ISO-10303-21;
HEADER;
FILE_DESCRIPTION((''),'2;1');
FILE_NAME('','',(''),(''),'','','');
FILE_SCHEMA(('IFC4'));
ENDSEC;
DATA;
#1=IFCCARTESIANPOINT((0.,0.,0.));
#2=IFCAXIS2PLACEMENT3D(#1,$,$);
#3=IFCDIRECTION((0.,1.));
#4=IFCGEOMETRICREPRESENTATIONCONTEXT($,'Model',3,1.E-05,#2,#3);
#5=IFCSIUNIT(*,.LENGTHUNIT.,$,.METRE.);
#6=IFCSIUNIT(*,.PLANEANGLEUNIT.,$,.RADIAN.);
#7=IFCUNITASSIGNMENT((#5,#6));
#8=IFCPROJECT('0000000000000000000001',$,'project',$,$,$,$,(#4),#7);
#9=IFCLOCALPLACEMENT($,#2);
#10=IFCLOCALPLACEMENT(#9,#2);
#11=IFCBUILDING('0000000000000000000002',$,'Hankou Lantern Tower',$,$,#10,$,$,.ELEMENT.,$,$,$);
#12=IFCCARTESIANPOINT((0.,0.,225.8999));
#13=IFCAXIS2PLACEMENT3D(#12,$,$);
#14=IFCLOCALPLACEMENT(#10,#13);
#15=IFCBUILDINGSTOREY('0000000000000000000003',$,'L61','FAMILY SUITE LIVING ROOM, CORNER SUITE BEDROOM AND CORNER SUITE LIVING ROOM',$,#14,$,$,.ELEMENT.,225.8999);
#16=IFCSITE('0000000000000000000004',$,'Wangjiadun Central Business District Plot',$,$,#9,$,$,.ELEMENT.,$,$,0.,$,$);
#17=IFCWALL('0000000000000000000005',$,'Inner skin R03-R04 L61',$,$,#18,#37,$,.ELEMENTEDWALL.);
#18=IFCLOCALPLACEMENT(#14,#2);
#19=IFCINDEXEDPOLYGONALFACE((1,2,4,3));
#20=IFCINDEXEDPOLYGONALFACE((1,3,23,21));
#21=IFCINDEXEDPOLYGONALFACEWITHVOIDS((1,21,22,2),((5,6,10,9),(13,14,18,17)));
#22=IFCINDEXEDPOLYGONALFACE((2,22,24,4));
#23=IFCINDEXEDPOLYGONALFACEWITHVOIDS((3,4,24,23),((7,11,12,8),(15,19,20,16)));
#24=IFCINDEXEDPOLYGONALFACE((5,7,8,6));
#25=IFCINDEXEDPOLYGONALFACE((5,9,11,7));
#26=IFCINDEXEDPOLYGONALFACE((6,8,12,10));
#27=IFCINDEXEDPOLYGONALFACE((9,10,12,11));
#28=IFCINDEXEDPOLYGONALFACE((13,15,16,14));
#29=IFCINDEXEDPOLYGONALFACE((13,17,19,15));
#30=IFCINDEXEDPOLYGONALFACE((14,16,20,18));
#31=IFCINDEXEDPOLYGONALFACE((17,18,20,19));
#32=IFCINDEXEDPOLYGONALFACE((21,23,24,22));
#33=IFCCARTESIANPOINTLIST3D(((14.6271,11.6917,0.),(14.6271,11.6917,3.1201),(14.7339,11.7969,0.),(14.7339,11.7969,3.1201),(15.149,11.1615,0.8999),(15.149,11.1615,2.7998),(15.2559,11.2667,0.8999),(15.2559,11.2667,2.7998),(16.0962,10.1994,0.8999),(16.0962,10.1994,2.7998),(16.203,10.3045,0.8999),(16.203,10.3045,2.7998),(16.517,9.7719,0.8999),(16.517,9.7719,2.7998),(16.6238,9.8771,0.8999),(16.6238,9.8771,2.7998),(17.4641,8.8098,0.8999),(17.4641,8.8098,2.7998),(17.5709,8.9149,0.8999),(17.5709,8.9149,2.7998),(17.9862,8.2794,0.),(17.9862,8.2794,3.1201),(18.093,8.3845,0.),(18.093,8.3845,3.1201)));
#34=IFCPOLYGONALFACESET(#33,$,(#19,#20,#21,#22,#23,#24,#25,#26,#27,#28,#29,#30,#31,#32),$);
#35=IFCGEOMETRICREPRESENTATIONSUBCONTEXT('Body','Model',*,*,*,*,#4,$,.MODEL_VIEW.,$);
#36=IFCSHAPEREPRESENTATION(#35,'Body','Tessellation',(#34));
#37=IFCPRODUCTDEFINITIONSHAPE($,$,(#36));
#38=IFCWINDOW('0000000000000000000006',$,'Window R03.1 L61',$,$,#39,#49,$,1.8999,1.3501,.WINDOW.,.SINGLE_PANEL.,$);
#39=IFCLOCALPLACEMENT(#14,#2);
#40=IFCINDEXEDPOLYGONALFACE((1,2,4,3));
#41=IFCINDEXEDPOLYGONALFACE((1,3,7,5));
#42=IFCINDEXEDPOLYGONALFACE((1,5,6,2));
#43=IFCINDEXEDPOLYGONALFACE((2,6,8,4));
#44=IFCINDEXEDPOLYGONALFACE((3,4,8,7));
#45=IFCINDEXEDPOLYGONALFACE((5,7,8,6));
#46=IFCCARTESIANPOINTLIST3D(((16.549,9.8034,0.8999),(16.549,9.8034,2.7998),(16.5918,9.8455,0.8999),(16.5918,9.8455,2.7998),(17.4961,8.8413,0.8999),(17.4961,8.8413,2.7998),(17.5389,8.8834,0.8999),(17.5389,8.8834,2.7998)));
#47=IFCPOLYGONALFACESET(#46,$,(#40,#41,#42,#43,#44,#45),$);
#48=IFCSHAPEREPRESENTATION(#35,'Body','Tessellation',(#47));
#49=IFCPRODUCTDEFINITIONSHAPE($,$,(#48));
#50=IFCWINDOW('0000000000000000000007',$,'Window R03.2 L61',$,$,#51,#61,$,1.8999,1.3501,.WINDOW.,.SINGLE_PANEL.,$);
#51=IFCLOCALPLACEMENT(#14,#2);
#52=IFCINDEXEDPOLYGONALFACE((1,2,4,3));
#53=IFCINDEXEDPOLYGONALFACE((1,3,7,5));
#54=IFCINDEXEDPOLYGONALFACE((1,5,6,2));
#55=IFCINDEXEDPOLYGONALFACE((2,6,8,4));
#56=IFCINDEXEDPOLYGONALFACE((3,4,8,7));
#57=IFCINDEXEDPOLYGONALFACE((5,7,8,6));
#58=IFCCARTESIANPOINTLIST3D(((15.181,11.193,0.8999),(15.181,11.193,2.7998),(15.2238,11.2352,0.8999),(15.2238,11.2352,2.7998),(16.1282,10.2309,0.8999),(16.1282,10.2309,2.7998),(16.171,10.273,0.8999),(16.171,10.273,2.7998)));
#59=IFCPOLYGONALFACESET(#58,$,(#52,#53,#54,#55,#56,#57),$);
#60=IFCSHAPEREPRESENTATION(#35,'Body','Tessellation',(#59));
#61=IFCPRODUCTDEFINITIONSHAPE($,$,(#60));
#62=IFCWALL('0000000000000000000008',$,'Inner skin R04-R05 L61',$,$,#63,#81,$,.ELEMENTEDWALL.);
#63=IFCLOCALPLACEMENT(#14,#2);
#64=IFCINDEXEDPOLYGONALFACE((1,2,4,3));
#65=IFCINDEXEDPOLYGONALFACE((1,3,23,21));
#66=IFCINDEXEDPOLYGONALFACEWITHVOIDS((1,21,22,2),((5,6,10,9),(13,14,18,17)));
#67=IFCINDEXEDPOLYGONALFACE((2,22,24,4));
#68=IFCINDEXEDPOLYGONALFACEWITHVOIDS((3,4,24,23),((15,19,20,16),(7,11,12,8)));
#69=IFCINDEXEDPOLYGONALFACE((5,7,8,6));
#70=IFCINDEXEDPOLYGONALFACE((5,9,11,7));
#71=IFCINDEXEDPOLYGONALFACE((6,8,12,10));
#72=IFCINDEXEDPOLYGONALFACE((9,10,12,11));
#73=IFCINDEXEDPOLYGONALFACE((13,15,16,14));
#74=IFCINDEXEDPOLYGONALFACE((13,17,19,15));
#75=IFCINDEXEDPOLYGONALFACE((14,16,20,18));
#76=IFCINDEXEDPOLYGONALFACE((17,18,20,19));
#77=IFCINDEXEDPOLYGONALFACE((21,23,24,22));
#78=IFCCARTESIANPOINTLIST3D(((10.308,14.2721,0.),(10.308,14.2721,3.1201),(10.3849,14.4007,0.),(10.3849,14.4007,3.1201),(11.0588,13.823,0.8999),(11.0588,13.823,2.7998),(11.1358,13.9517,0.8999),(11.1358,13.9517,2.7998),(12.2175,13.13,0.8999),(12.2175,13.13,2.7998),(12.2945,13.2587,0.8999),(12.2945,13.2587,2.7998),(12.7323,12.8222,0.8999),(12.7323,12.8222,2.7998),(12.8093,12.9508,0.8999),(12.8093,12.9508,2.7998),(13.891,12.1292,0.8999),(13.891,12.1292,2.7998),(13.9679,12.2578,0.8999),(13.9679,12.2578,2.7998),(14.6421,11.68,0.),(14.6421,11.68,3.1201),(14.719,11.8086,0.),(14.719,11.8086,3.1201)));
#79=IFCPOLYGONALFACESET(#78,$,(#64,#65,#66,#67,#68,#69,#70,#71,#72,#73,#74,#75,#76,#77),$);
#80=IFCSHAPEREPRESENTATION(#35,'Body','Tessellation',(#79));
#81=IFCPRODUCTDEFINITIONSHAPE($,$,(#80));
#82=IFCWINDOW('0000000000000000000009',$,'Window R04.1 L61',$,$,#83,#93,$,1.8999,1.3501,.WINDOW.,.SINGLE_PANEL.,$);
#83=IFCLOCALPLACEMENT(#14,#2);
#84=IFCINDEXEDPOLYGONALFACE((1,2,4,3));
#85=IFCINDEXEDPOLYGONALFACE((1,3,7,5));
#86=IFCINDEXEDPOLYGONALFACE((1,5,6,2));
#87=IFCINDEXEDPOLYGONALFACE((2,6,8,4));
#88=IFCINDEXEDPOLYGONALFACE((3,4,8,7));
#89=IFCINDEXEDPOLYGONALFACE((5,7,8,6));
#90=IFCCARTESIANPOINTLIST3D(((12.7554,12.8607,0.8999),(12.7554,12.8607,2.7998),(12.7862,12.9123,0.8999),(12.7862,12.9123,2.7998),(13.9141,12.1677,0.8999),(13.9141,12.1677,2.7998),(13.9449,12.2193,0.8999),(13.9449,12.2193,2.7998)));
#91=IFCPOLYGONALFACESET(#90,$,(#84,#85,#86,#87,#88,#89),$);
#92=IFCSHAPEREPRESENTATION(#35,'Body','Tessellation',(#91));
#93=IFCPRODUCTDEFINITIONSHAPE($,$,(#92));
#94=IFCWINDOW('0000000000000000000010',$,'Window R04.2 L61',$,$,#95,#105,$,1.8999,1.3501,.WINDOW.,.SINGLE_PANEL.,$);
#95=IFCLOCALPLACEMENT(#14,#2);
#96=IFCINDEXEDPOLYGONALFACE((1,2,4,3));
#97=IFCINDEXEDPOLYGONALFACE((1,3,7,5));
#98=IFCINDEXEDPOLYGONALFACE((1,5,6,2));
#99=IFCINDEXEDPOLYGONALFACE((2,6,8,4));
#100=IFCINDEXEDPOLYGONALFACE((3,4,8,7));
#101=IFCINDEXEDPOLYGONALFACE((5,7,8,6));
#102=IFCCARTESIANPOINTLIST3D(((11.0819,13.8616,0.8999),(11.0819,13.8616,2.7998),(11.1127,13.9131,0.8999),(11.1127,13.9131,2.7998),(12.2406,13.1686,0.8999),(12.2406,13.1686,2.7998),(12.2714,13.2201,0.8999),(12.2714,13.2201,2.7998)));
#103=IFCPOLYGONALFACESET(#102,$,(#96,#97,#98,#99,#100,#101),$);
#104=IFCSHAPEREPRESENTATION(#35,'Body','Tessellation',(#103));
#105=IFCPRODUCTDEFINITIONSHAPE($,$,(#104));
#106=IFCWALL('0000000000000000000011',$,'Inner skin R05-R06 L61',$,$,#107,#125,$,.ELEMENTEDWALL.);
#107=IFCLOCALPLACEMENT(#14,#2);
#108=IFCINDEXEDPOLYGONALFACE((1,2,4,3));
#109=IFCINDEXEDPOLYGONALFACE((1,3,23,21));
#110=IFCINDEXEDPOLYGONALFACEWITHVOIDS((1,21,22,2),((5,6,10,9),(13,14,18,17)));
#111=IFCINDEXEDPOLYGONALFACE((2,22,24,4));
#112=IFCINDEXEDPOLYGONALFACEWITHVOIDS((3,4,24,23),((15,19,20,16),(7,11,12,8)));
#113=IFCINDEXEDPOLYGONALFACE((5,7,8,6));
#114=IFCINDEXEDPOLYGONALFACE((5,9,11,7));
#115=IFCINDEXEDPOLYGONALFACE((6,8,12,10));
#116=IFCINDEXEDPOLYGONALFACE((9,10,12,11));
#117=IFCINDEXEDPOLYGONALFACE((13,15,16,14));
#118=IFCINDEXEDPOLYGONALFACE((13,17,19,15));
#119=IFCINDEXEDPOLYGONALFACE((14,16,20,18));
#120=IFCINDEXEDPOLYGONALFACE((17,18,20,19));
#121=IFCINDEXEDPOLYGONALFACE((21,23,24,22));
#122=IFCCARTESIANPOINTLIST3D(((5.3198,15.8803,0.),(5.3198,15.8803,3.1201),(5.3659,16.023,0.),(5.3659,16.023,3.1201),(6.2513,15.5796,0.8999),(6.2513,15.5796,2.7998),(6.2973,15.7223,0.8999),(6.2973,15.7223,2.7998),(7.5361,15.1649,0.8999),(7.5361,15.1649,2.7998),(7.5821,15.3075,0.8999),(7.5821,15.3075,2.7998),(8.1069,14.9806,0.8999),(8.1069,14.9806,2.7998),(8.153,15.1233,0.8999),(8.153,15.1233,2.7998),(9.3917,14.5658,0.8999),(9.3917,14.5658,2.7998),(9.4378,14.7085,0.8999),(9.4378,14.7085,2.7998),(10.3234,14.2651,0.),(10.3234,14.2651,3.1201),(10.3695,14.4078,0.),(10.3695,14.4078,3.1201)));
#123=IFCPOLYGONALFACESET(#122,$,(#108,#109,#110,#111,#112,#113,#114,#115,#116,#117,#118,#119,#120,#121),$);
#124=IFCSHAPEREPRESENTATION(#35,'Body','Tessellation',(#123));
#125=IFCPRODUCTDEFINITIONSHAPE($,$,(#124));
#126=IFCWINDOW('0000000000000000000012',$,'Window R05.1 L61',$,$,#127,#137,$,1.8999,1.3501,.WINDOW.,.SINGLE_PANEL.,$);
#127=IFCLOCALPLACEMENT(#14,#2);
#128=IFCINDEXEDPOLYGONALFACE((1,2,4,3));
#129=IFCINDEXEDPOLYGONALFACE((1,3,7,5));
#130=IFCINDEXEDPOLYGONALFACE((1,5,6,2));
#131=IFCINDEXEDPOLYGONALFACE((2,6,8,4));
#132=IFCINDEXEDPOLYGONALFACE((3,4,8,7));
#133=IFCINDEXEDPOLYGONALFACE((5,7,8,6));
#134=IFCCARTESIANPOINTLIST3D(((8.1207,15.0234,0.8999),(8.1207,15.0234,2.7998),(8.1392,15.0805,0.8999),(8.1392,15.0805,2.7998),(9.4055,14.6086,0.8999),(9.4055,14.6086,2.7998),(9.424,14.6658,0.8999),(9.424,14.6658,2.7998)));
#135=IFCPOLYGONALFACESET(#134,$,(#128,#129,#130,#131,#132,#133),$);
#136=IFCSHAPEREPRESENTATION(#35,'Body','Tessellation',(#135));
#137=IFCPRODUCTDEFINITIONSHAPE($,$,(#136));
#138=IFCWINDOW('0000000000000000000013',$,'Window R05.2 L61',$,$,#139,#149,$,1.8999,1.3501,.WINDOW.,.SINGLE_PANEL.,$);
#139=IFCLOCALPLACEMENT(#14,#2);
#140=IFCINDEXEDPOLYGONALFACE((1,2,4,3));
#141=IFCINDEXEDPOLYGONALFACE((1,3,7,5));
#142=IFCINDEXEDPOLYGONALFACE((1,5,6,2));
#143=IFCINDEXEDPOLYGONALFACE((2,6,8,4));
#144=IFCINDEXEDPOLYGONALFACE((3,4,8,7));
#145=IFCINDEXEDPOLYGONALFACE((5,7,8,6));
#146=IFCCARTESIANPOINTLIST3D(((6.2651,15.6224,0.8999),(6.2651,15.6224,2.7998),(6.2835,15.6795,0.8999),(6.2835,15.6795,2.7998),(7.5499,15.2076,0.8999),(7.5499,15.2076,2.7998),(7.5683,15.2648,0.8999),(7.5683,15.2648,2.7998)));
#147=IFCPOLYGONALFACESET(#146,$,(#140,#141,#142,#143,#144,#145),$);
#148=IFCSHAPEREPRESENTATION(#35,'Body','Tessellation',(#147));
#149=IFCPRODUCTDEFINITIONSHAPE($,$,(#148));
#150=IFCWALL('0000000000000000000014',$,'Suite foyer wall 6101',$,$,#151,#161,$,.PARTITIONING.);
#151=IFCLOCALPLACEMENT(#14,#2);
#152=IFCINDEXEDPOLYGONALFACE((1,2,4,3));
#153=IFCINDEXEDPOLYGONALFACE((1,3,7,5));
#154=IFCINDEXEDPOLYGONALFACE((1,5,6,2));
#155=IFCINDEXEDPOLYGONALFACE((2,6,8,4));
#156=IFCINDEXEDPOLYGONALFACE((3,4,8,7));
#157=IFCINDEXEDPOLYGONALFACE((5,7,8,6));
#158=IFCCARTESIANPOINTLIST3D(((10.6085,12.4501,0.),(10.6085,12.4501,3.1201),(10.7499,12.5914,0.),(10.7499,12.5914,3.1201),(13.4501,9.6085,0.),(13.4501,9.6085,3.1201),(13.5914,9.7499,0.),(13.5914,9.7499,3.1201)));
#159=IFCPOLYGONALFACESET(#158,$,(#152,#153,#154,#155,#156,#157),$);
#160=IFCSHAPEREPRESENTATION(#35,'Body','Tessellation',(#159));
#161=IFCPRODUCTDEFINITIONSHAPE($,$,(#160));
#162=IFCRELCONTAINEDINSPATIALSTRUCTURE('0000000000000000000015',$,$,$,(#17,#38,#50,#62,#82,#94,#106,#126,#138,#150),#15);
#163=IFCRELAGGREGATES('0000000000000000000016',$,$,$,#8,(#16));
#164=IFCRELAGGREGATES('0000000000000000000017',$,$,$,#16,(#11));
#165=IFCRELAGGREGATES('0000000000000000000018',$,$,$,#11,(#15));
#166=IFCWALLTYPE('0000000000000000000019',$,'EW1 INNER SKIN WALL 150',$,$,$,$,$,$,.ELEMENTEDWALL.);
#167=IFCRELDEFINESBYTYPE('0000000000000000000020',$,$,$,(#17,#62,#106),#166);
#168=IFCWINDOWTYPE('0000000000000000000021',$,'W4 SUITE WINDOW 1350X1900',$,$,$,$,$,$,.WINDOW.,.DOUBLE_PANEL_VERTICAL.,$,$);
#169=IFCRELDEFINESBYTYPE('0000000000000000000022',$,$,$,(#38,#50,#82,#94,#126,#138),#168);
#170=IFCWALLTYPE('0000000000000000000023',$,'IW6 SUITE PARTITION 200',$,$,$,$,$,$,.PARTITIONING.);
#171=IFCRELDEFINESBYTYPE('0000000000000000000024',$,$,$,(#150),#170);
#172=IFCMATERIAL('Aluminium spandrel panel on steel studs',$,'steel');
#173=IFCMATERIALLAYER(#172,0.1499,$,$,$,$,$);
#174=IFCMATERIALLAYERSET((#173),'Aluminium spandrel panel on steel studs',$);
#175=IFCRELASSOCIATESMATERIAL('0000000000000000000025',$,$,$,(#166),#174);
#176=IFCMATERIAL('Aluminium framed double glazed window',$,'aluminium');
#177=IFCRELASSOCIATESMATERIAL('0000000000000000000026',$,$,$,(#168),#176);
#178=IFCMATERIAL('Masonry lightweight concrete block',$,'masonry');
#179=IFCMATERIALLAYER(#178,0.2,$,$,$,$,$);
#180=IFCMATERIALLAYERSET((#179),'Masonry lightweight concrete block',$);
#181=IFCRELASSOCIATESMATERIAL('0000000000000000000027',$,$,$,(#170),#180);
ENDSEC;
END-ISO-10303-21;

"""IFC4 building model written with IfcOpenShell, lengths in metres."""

from ifc_helpers import new_model, si_unit, direction, frame, frame_2d, origin, place, context, subcontext, project, spatial, rectangle, extrude, material, layer, layer_set, type_object, element, fill, save


model = new_model("IFC4")

# Units and contexts
model_context = context("Model", 3, precision=1e-05, world=origin(), true_north=direction((0.0, 1.0)))
body_context = subcontext(model_context, "Body", "Model", "MODEL_VIEW")
ifc_project = project(units=[si_unit("LENGTHUNIT", "METRE"), si_unit("PLANEANGLEUNIT", "RADIAN")], contexts=[model_context])

# Site, building, storey
site_placement = place(None, origin())
site = spatial("IfcSite", under=ifc_project, at=site_placement, Name="Wangjiadun Central Business District Plot", CompositionType="ELEMENT", RefElevation=0.0)
building_placement = place(site_placement, origin())
building = spatial("IfcBuilding", under=site, at=building_placement, Name="Hankou Lantern Tower", CompositionType="ELEMENT")
storey_placement = place(building_placement, frame((0.0, 0.0, 225.8999)))
storey = spatial("IfcBuildingStorey", under=building, at=storey_placement, Name="L61", Description="FAMILY SUITE LIVING ROOM, CORNER SUITE BEDROOM AND CORNER SUITE LIVING ROOM", CompositionType="ELEMENT", Elevation=225.8999)

# Walls, openings, windows
ifc_material_1 = material(Name="Aluminium spandrel panel on steel studs", Category="steel")
ifc_layer_1 = layer(ifc_material_1, 0.1499)
ifc_layer_set_1 = layer_set([ifc_layer_1], Name="Aluminium spandrel panel on steel studs")
wall_type_1 = type_object("IfcWallType", Name="EW1 INNER SKIN WALL 150", PredefinedType="ELEMENTEDWALL", material=ifc_layer_set_1)
wall_1_placement = place(storey_placement, frame((18.0396, 8.332, 0.0), z_axis=(0.0, 0.0, 1.0), x_axis=(-0.701527, 0.712643, 0.0)))
wall_1 = element("IfcWall", 1, at=wall_1_placement, inside=storey, type_object=wall_type_1, Name="Inner skin R03-R04 L61", PredefinedType="ELEMENTEDWALL", context=body_context, shape_type="SweptSolid", body=[
    extrude(rectangle(XDim=4.7883, YDim=0.1499, at=frame_2d((2.394, 0.0))), origin(), (0.0, 0.0, 1.0), 3.1201),
])
opening_1_placement = place(wall_1_placement, frame((0.7441, 0.0, 0.8999)))
opening_1 = element("IfcOpeningElement", 2, at=opening_1_placement, cuts=wall_1, PredefinedType="OPENING", context=body_context, shape_type="SweptSolid", body=[
    extrude(rectangle(XDim=1.3501, YDim=1.8999, at=frame_2d((0.675, 0.95))), frame((0.0, 0.085, 0.0), z_axis=(0.0, -1.0, 0.0), x_axis=(1.0, 0.0, 0.0)), (0.0, 0.0, 1.0), 0.1699),
])
opening_2_placement = place(wall_1_placement, frame((2.6941, 0.0, 0.8999)))
opening_2 = element("IfcOpeningElement", 3, at=opening_2_placement, cuts=wall_1, PredefinedType="OPENING", context=body_context, shape_type="SweptSolid", body=[
    extrude(rectangle(XDim=1.3501, YDim=1.8999, at=frame_2d((0.675, 0.95))), frame((0.0, 0.085, 0.0), z_axis=(0.0, -1.0, 0.0), x_axis=(1.0, 0.0, 0.0)), (0.0, 0.0, 1.0), 0.1699),
])
ifc_material_2 = material(Name="Aluminium framed double glazed window", Category="aluminium")
window_type = type_object("IfcWindowType", Name="W4 SUITE WINDOW 1350X1900", PartitioningType="DOUBLE_PANEL_VERTICAL", PredefinedType="WINDOW", material=ifc_material_2)
window_1_placement = place(opening_1_placement, origin())
window_1 = element("IfcWindow", 4, at=window_1_placement, inside=storey, type_object=window_type, Name="Window R03.1 L61", OverallHeight=1.8999, OverallWidth=1.3501, PartitioningType="SINGLE_PANEL", PredefinedType="WINDOW", context=body_context, shape_type="SweptSolid", body=[
    extrude(rectangle(XDim=1.3501, YDim=1.8999, at=frame_2d((0.675, 0.95))), frame((0.0, 0.03, 0.0), z_axis=(0.0, -1.0, 0.0), x_axis=(1.0, 0.0, 0.0)), (0.0, 0.0, 1.0), 0.0601),
])
fill(opening_1, window_1)
window_2_placement = place(opening_2_placement, origin())
window_2 = element("IfcWindow", 5, at=window_2_placement, inside=storey, type_object=window_type, Name="Window R03.2 L61", OverallHeight=1.8999, OverallWidth=1.3501, PartitioningType="SINGLE_PANEL", PredefinedType="WINDOW", context=body_context, shape_type="SweptSolid", body=[
    extrude(rectangle(XDim=1.3501, YDim=1.8999, at=frame_2d((0.675, 0.95))), frame((0.0, 0.03, 0.0), z_axis=(0.0, -1.0, 0.0), x_axis=(1.0, 0.0, 0.0)), (0.0, 0.0, 1.0), 0.0601),
])
fill(opening_2, window_2)
wall_2_placement = place(storey_placement, frame((14.6804, 11.7444, 0.0), z_axis=(0.0, 0.0, 1.0), x_axis=(-0.858222, 0.51328, 0.0)))
wall_2 = element("IfcWall", 6, at=wall_2_placement, inside=storey, type_object=wall_type_1, Name="Inner skin R04-R05 L61", PredefinedType="ELEMENTEDWALL", context=body_context, shape_type="SweptSolid", body=[
    extrude(rectangle(XDim=5.05, YDim=0.1499, at=frame_2d((2.5249, 0.0))), origin(), (0.0, 0.0, 1.0), 3.1201),
])
opening_3_placement = place(wall_2_placement, frame((0.875, 0.0, 0.8999)))
opening_3 = element("IfcOpeningElement", 7, at=opening_3_placement, cuts=wall_2, PredefinedType="OPENING", context=body_context, shape_type="SweptSolid", body=[
    extrude(rectangle(XDim=1.3501, YDim=1.8999, at=frame_2d((0.675, 0.95))), frame((0.0, 0.085, 0.0), z_axis=(0.0, -1.0, 0.0), x_axis=(1.0, 0.0, 0.0)), (0.0, 0.0, 1.0), 0.1699),
])
opening_4_placement = place(wall_2_placement, frame((2.825, 0.0, 0.8999)))
opening_4 = element("IfcOpeningElement", 8, at=opening_4_placement, cuts=wall_2, PredefinedType="OPENING", context=body_context, shape_type="SweptSolid", body=[
    extrude(rectangle(XDim=1.3501, YDim=1.8999, at=frame_2d((0.675, 0.95))), frame((0.0, 0.085, 0.0), z_axis=(0.0, -1.0, 0.0), x_axis=(1.0, 0.0, 0.0)), (0.0, 0.0, 1.0), 0.1699),
])
window_3_placement = place(opening_3_placement, origin())
window_3 = element("IfcWindow", 9, at=window_3_placement, inside=storey, type_object=window_type, Name="Window R04.1 L61", OverallHeight=1.8999, OverallWidth=1.3501, PartitioningType="SINGLE_PANEL", PredefinedType="WINDOW", context=body_context, shape_type="SweptSolid", body=[
    extrude(rectangle(XDim=1.3501, YDim=1.8999, at=frame_2d((0.675, 0.95))), frame((0.0, 0.03, 0.0), z_axis=(0.0, -1.0, 0.0), x_axis=(1.0, 0.0, 0.0)), (0.0, 0.0, 1.0), 0.0601),
])
fill(opening_3, window_3)
window_4_placement = place(opening_4_placement, origin())
window_4 = element("IfcWindow", 10, at=window_4_placement, inside=storey, type_object=window_type, Name="Window R04.2 L61", OverallHeight=1.8999, OverallWidth=1.3501, PartitioningType="SINGLE_PANEL", PredefinedType="WINDOW", context=body_context, shape_type="SweptSolid", body=[
    extrude(rectangle(XDim=1.3501, YDim=1.8999, at=frame_2d((0.675, 0.95))), frame((0.0, 0.03, 0.0), z_axis=(0.0, -1.0, 0.0), x_axis=(1.0, 0.0, 0.0)), (0.0, 0.0, 1.0), 0.0601),
])
fill(opening_4, window_4)
wall_3_placement = place(storey_placement, frame((10.3464, 14.3364, 0.0), z_axis=(0.0, 0.0, 1.0), x_axis=(-0.951645, 0.307201, 0.0)))
wall_3 = element("IfcWall", 11, at=wall_3_placement, inside=storey, type_object=wall_type_1, Name="Inner skin R05-R06 L61", PredefinedType="ELEMENTEDWALL", context=body_context, shape_type="SweptSolid", body=[
    extrude(rectangle(XDim=5.2578, YDim=0.1499, at=frame_2d((2.6289, 0.0))), origin(), (0.0, 0.0, 1.0), 3.1201),
])
opening_5_placement = place(wall_3_placement, frame((0.979, 0.0, 0.8999)))
opening_5 = element("IfcOpeningElement", 12, at=opening_5_placement, cuts=wall_3, PredefinedType="OPENING", context=body_context, shape_type="SweptSolid", body=[
    extrude(rectangle(XDim=1.3501, YDim=1.8999, at=frame_2d((0.675, 0.95))), frame((0.0, 0.085, 0.0), z_axis=(0.0, -1.0, 0.0), x_axis=(1.0, 0.0, 0.0)), (0.0, 0.0, 1.0), 0.1699),
])
opening_6_placement = place(wall_3_placement, frame((2.929, 0.0, 0.8999)))
opening_6 = element("IfcOpeningElement", 13, at=opening_6_placement, cuts=wall_3, PredefinedType="OPENING", context=body_context, shape_type="SweptSolid", body=[
    extrude(rectangle(XDim=1.3501, YDim=1.8999, at=frame_2d((0.675, 0.95))), frame((0.0, 0.085, 0.0), z_axis=(0.0, -1.0, 0.0), x_axis=(1.0, 0.0, 0.0)), (0.0, 0.0, 1.0), 0.1699),
])
window_5_placement = place(opening_5_placement, origin())
window_5 = element("IfcWindow", 14, at=window_5_placement, inside=storey, type_object=window_type, Name="Window R05.1 L61", OverallHeight=1.8999, OverallWidth=1.3501, PartitioningType="SINGLE_PANEL", PredefinedType="WINDOW", context=body_context, shape_type="SweptSolid", body=[
    extrude(rectangle(XDim=1.3501, YDim=1.8999, at=frame_2d((0.675, 0.95))), frame((0.0, 0.03, 0.0), z_axis=(0.0, -1.0, 0.0), x_axis=(1.0, 0.0, 0.0)), (0.0, 0.0, 1.0), 0.0601),
])
fill(opening_5, window_5)
window_6_placement = place(opening_6_placement, origin())
window_6 = element("IfcWindow", 15, at=window_6_placement, inside=storey, type_object=window_type, Name="Window R05.2 L61", OverallHeight=1.8999, OverallWidth=1.3501, PartitioningType="SINGLE_PANEL", PredefinedType="WINDOW", context=body_context, shape_type="SweptSolid", body=[
    extrude(rectangle(XDim=1.3501, YDim=1.8999, at=frame_2d((0.675, 0.95))), frame((0.0, 0.03, 0.0), z_axis=(0.0, -1.0, 0.0), x_axis=(1.0, 0.0, 0.0)), (0.0, 0.0, 1.0), 0.0601),
])
fill(opening_6, window_6)

# Wall
ifc_material_3 = material(Name="Masonry lightweight concrete block", Category="masonry")
ifc_layer_2 = layer(ifc_material_3, 0.2)
ifc_layer_set_2 = layer_set([ifc_layer_2], Name="Masonry lightweight concrete block")
wall_type_2 = type_object("IfcWallType", Name="IW6 SUITE PARTITION 200", PredefinedType="PARTITIONING", material=ifc_layer_set_2)
wall_4_placement = place(storey_placement, frame((13.5208, 9.6792, 0.0), z_axis=(0.0, 0.0, 1.0), x_axis=(-0.707107, 0.707107, 0.0)))
element("IfcWall", 16, at=wall_4_placement, inside=storey, type_object=wall_type_2, Name="Suite foyer wall 6101", PredefinedType="PARTITIONING", context=body_context, shape_type="SweptSolid", body=[
    extrude(rectangle(XDim=4.0186, YDim=0.2, at=frame_2d((2.0093, 0.0))), origin(), (0.0, 0.0, 1.0), 3.1201),
])

save(model, "model.ifc")
